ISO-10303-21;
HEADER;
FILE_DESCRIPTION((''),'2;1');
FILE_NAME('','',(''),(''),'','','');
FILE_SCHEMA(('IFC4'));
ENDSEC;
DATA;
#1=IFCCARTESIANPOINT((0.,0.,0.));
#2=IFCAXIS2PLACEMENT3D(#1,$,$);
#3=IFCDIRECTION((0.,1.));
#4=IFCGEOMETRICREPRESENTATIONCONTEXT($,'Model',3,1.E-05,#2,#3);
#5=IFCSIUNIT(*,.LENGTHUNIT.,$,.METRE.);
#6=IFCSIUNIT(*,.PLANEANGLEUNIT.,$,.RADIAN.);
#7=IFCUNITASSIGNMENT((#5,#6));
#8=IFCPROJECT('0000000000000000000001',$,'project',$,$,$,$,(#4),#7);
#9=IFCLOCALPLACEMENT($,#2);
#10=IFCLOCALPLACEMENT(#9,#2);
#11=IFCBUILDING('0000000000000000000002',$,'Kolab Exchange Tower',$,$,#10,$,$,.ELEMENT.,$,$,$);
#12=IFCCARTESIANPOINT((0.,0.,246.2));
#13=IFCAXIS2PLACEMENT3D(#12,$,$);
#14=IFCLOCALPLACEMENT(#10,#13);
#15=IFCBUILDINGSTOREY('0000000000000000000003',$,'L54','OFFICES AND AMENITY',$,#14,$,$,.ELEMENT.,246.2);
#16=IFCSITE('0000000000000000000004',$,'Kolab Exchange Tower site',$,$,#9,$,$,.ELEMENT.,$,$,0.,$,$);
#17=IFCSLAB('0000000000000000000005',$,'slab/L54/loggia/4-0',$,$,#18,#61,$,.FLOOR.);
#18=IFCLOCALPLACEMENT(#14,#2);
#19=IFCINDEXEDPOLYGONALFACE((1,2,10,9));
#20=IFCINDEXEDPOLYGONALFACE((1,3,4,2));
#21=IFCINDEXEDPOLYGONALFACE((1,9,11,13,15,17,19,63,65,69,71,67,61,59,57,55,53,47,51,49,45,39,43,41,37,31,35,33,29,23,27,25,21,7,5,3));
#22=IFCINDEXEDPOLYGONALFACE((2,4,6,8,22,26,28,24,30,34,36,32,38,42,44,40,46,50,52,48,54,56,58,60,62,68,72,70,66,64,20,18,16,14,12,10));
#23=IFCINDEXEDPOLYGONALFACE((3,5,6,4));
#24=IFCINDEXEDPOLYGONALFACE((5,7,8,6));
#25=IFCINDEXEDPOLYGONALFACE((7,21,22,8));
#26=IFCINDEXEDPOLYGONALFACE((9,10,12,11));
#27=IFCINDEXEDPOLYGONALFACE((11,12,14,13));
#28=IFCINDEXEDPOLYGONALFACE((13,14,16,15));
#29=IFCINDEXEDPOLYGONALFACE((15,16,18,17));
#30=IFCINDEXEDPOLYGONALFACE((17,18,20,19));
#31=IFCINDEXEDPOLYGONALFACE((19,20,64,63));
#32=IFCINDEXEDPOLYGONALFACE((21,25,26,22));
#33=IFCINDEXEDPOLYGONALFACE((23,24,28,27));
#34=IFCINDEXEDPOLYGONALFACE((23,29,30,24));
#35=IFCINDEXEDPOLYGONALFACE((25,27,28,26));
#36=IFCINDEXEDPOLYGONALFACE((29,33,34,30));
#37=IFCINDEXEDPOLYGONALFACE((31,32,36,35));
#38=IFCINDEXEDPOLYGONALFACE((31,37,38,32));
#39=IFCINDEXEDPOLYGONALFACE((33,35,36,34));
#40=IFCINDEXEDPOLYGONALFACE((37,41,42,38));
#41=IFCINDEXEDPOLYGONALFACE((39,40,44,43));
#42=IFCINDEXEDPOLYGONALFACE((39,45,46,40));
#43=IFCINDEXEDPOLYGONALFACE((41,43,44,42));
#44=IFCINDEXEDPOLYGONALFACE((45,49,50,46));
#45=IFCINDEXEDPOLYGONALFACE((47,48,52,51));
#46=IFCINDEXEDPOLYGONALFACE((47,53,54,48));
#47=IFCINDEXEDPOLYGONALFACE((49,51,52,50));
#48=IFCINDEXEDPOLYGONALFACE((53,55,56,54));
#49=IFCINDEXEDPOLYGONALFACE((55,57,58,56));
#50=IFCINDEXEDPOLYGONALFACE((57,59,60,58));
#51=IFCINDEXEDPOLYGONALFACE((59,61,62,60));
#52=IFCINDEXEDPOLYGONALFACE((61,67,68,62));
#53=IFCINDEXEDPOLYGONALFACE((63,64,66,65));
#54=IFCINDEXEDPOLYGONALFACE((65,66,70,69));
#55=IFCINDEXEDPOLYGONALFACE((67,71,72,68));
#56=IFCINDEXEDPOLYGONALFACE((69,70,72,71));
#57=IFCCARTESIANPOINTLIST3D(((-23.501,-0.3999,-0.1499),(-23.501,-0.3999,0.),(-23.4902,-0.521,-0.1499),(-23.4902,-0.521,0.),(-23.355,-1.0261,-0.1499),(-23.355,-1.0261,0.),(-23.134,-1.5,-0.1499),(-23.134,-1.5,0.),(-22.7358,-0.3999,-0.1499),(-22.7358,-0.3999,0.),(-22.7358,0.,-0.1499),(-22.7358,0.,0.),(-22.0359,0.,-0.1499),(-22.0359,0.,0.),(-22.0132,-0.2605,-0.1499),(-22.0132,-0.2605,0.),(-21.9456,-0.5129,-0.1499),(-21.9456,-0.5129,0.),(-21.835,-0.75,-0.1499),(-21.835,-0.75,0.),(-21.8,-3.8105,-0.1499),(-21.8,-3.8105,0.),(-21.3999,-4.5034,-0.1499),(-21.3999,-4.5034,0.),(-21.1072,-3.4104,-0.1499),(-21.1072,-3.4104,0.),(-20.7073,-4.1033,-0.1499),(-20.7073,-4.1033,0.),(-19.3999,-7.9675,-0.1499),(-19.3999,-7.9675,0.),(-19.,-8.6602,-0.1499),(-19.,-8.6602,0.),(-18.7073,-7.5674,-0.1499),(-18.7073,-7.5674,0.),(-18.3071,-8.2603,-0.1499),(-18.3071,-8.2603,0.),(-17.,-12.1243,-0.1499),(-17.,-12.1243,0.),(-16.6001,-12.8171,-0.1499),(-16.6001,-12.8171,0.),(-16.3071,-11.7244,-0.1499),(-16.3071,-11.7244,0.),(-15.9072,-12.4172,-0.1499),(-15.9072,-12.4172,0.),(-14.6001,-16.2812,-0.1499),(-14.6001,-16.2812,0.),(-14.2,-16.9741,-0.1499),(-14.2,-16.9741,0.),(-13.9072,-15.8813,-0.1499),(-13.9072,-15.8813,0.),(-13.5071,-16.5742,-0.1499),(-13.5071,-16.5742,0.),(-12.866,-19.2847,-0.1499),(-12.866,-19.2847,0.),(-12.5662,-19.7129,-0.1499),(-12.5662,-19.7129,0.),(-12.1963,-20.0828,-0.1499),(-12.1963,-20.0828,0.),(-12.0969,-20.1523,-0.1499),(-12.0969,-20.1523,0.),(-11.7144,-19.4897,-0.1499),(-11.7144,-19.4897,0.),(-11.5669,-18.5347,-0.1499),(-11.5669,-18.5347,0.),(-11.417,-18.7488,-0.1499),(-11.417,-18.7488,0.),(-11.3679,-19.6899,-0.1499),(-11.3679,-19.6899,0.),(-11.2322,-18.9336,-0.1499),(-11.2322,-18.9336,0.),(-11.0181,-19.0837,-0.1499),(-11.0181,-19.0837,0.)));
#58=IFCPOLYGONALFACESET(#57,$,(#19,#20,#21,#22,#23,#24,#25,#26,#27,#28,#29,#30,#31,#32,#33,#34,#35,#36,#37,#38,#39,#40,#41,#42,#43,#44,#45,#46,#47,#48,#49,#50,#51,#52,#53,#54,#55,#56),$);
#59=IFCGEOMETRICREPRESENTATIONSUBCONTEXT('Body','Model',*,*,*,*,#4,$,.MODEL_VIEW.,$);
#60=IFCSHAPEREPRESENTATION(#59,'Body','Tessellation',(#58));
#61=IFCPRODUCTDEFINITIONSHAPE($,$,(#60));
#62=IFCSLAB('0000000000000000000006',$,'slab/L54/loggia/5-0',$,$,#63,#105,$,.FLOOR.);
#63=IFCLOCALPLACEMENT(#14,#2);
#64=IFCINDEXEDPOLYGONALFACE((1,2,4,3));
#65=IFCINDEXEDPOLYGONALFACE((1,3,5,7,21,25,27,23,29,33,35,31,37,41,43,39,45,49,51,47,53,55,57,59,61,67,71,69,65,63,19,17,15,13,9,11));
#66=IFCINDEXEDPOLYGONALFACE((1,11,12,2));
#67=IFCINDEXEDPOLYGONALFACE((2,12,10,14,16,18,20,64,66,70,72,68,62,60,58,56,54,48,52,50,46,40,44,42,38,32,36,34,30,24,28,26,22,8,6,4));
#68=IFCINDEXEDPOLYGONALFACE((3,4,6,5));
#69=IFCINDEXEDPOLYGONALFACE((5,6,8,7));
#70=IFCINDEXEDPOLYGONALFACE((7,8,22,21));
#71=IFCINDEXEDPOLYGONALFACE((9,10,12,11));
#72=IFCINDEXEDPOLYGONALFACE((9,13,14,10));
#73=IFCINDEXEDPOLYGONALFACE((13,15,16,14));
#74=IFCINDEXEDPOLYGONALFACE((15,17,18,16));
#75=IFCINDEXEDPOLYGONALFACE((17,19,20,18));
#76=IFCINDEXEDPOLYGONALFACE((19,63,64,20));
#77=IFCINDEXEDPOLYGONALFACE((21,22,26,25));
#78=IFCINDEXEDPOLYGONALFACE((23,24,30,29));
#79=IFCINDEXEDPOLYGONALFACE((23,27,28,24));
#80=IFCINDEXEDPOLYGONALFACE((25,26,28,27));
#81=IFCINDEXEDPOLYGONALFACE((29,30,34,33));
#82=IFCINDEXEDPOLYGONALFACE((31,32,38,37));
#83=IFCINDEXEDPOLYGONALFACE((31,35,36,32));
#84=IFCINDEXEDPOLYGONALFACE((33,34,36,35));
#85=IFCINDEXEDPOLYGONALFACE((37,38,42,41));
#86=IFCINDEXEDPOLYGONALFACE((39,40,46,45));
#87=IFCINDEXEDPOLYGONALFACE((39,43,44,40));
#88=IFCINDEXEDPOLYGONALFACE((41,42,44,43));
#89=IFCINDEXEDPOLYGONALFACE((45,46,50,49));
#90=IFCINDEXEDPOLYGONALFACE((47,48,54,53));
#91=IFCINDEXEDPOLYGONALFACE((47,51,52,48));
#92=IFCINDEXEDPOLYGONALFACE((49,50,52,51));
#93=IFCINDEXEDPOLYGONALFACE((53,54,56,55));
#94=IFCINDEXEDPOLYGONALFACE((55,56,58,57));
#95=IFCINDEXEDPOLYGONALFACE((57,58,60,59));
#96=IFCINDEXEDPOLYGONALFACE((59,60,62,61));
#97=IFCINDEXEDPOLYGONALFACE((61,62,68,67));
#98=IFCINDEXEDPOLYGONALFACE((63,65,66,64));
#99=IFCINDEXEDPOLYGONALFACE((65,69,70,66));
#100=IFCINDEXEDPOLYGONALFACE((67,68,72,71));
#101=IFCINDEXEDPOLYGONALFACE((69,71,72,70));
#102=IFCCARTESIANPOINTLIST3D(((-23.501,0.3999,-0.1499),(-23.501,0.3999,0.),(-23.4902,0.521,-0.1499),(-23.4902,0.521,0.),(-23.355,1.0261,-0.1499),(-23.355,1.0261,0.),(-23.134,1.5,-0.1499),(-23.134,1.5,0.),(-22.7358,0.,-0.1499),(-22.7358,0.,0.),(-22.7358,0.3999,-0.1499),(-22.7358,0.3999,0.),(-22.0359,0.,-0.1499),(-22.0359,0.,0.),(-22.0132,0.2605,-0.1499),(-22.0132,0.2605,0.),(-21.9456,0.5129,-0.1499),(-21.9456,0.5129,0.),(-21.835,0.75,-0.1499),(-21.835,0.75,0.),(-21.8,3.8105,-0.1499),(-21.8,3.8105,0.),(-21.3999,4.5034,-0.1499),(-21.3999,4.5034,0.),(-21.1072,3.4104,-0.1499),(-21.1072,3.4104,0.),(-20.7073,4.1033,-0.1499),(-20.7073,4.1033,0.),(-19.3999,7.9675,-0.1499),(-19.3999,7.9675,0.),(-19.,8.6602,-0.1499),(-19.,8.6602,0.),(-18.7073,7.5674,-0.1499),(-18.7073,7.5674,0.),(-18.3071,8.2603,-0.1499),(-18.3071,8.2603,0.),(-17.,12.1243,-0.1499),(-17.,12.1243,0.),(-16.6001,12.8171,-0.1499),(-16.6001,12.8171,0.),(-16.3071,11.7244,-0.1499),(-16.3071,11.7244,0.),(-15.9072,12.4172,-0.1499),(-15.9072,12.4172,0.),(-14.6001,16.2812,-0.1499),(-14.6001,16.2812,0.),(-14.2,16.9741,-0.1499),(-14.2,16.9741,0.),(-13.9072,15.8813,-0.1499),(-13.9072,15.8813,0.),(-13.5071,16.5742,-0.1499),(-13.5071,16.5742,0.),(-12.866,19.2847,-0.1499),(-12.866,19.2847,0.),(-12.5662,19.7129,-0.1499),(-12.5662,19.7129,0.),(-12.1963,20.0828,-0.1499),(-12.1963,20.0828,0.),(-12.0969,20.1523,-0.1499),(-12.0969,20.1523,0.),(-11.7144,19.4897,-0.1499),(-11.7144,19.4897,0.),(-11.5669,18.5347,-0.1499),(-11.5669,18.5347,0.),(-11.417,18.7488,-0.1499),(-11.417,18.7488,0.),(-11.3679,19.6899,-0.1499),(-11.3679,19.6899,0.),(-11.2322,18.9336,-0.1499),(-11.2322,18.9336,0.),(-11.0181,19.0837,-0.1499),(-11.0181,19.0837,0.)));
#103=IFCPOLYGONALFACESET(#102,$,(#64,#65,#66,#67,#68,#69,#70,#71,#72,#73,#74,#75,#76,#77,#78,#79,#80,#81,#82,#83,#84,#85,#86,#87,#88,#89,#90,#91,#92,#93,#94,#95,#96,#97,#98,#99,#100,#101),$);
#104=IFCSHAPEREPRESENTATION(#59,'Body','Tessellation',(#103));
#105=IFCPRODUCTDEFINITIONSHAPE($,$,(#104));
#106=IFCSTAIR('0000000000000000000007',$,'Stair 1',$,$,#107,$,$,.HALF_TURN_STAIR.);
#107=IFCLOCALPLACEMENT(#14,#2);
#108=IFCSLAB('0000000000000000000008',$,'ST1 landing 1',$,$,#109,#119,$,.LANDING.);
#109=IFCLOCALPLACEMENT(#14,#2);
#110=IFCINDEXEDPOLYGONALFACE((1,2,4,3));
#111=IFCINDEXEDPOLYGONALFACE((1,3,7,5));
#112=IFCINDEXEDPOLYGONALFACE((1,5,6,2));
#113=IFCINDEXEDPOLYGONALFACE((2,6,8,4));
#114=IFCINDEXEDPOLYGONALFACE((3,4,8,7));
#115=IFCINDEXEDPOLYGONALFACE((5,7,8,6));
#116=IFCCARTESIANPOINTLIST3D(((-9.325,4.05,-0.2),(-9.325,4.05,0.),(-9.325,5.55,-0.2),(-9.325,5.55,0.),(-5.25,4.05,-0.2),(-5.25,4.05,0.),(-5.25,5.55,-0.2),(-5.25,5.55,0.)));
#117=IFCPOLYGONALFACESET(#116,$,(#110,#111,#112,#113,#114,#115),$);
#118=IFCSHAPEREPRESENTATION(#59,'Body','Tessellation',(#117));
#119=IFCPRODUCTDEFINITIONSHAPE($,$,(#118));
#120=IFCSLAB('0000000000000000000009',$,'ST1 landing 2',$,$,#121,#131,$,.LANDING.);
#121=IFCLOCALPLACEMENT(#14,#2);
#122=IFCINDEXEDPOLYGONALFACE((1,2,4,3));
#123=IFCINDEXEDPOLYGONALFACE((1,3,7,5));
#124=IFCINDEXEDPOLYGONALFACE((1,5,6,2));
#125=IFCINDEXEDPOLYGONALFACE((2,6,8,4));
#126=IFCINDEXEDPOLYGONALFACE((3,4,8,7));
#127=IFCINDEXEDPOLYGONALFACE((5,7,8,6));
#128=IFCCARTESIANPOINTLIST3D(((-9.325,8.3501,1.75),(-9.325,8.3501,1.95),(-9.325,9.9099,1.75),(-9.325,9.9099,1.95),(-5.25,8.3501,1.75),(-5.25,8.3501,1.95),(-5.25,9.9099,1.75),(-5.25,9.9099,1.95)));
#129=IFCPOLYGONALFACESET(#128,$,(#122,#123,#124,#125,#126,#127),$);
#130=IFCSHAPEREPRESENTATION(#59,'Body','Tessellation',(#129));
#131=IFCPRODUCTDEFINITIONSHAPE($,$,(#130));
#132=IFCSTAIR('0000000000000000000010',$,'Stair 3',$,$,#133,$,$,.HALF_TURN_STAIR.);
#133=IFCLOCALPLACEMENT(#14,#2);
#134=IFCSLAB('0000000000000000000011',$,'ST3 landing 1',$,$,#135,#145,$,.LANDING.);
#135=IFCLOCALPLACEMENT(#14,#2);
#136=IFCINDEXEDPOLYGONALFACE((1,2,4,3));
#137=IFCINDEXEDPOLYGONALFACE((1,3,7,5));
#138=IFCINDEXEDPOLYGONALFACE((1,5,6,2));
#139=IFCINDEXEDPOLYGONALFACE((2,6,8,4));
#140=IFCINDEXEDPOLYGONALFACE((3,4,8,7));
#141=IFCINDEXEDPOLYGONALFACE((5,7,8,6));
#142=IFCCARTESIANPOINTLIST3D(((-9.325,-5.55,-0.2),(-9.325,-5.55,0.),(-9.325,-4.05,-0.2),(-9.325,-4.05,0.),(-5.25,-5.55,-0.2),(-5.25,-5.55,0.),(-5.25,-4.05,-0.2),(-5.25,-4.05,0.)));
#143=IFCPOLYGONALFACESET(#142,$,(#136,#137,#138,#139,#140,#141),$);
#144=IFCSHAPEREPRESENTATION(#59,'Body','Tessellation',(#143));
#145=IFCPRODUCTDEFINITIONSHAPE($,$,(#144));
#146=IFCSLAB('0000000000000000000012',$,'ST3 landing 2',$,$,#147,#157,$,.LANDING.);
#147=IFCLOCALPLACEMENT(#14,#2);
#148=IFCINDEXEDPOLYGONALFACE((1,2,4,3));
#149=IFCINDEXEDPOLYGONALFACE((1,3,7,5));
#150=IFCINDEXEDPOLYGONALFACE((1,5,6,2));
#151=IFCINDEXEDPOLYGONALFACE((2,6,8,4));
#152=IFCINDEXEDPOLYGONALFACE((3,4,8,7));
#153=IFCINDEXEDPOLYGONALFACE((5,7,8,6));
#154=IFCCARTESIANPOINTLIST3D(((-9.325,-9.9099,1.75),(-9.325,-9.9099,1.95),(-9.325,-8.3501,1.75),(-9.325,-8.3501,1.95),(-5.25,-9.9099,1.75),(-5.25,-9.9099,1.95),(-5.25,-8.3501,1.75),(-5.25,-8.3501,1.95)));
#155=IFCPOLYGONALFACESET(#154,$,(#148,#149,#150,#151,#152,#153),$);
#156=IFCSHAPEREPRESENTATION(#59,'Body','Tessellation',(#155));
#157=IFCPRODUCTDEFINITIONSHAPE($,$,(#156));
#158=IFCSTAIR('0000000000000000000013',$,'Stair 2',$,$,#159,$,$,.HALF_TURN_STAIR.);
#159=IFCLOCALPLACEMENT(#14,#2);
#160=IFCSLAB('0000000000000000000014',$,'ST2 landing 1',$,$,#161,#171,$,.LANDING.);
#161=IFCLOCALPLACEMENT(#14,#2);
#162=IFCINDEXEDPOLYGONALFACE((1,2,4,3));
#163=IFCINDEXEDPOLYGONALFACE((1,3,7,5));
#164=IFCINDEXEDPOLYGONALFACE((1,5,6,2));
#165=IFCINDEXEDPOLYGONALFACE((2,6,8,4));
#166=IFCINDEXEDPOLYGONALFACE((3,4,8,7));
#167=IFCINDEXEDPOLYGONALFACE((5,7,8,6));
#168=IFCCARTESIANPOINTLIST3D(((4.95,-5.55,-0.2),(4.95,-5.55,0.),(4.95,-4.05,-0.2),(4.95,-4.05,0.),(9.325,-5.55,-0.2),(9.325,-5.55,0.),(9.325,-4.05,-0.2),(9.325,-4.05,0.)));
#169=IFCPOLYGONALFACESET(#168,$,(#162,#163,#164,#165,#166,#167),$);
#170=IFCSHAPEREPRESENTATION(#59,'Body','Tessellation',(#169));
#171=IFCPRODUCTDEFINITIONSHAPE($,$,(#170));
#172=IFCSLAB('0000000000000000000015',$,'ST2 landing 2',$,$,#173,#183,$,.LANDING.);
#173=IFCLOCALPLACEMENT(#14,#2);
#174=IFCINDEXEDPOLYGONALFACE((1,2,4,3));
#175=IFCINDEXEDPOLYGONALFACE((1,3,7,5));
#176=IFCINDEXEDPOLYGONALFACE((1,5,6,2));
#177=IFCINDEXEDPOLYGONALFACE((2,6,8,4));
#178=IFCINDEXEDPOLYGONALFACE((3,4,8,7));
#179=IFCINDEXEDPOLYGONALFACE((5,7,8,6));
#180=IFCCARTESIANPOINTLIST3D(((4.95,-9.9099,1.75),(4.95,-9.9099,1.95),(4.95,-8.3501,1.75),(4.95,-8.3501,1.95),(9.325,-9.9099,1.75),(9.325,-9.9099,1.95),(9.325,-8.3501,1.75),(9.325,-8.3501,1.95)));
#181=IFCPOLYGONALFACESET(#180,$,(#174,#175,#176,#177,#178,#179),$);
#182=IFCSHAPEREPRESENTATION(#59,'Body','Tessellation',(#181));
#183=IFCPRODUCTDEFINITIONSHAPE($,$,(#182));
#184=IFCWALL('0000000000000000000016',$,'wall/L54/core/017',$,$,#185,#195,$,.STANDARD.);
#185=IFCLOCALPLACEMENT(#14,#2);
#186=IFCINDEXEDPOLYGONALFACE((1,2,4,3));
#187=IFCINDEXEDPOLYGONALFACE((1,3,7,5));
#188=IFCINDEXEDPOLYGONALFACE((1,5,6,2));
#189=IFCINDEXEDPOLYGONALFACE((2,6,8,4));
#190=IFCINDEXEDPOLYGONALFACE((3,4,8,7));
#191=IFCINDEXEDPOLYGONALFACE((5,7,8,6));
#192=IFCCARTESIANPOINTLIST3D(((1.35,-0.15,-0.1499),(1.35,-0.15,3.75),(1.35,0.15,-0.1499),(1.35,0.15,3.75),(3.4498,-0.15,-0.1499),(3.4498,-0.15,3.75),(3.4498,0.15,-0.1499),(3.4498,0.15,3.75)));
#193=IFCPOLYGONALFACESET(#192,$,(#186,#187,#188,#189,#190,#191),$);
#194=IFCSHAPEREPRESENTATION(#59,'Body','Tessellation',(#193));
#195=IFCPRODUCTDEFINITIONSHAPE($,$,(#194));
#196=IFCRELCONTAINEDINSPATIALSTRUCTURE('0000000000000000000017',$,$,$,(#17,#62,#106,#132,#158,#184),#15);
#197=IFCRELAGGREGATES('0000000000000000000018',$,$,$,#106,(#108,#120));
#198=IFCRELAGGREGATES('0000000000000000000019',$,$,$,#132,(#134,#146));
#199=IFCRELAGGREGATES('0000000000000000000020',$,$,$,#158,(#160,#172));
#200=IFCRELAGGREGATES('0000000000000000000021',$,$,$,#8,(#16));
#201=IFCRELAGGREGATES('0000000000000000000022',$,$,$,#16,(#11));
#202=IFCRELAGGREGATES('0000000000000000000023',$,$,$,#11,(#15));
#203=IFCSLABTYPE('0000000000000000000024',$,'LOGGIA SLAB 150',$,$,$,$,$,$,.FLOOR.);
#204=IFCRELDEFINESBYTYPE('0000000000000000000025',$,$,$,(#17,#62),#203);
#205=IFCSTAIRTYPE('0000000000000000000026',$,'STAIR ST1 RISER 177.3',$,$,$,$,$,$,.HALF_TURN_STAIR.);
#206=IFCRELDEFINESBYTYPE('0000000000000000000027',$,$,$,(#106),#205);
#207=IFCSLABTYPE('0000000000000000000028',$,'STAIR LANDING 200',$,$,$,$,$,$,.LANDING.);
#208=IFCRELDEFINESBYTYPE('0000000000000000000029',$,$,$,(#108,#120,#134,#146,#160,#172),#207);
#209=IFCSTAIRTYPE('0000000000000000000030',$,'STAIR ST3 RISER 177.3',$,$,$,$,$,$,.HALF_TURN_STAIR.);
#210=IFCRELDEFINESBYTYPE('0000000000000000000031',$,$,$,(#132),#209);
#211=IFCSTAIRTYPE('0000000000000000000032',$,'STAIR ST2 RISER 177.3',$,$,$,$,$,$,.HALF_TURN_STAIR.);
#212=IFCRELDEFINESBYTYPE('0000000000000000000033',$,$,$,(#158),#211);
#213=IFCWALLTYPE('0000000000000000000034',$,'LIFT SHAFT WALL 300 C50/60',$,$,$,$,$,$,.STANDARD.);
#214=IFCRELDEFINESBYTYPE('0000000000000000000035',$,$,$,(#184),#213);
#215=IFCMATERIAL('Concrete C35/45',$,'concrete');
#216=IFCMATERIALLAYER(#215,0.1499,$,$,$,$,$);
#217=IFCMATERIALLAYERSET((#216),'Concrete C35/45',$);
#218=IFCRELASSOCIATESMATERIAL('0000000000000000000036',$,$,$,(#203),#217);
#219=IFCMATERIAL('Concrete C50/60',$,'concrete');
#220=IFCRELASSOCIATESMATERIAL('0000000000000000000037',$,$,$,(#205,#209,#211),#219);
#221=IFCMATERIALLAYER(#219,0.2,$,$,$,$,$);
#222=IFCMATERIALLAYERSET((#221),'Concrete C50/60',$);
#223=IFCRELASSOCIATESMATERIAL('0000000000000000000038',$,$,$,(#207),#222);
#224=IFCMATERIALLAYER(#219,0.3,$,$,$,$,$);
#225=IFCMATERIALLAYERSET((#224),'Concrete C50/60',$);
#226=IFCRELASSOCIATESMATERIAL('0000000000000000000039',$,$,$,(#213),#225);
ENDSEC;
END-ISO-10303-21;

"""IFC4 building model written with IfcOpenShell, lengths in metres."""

from ifc_helpers import new_model, si_unit, direction, frame, frame_2d, origin, place, context, subcontext, project, spatial, polyline, rectangle, outline, extrude, material, layer, layer_set, type_object, element, aggregate, save


model = new_model("IFC4")

# Units and contexts
model_context = context("Model", 3, precision=1e-05, world=origin(), true_north=direction((0.0, 1.0)))
body_context = subcontext(model_context, "Body", "Model", "MODEL_VIEW")
ifc_project = project(units=[si_unit("LENGTHUNIT", "METRE"), si_unit("PLANEANGLEUNIT", "RADIAN")], contexts=[model_context])

# Site, building, storey
site_placement = place(None, origin())
site = spatial("IfcSite", under=ifc_project, at=site_placement, Name="Kolab Exchange Tower site", CompositionType="ELEMENT", RefElevation=0.0)
building_placement = place(site_placement, origin())
building = spatial("IfcBuilding", under=site, at=building_placement, Name="Kolab Exchange Tower", CompositionType="ELEMENT")
storey_placement = place(building_placement, frame((0.0, 0.0, 246.2)))
storey = spatial("IfcBuildingStorey", under=building, at=storey_placement, Name="L54", Description="OFFICES AND AMENITY", CompositionType="ELEMENT", Elevation=246.2)

# Slabs
ifc_material_1 = material(Name="Concrete C35/45", Category="concrete")
ifc_layer_1 = layer(ifc_material_1, 0.1499)
ifc_layer_set_1 = layer_set([ifc_layer_1], Name="Concrete C35/45")
slab_type_1 = type_object("IfcSlabType", Name="LOGGIA SLAB 150", PredefinedType="FLOOR", material=ifc_layer_set_1)
slab_1_placement = place(storey_placement, frame((0.0, 0.0, -0.1499)))
element("IfcSlab", 1, at=slab_1_placement, inside=storey, type_object=slab_type_1, Name="slab/L54/loggia/4-0", PredefinedType="FLOOR", context=body_context, shape_type="SweptSolid", body=[
    extrude(outline(polyline([(-22.0359, 0.0), (-22.7358, 0.0), (-22.7358, -0.3999), (-23.501, -0.3999), (-23.4902, -0.521), (-23.355, -1.0261), (-23.134, -1.5), (-21.8, -3.8105), (-21.1072, -3.4104), (-20.7073, -4.1033), (-21.3999, -4.5034), (-19.3999, -7.9675), (-18.7073, -7.5674), (-18.3071, -8.2603), (-19.0, -8.6602), (-17.0, -12.1243), (-16.3071, -11.7244), (-15.9072, -12.4172), (-16.6001, -12.8171), (-14.6001, -16.2812), (-13.9072, -15.8813), (-13.5071, -16.5742), (-14.2, -16.9741), (-12.866, -19.2847), (-12.5662, -19.7129), (-12.1963, -20.0828), (-12.0969, -20.1523), (-11.7144, -19.4897), (-11.3679, -19.6899), (-11.0181, -19.0837), (-11.2322, -18.9336), (-11.417, -18.7488), (-11.5669, -18.5347), (-21.835, -0.75), (-21.9456, -0.5129), (-22.0132, -0.2605), (-22.0359, 0.0)])), origin(), (0.0, 0.0, 1.0), 0.1499),
])
slab_2_placement = place(storey_placement, frame((0.0, 0.0, -0.1499)))
element("IfcSlab", 2, at=slab_2_placement, inside=storey, type_object=slab_type_1, Name="slab/L54/loggia/5-0", PredefinedType="FLOOR", context=body_context, shape_type="SweptSolid", body=[
    extrude(outline(polyline([(-11.0181, 19.0837), (-11.3679, 19.6899), (-11.7144, 19.4897), (-12.0969, 20.1523), (-12.1963, 20.0828), (-12.5662, 19.7129), (-12.866, 19.2847), (-14.2, 16.9741), (-13.5071, 16.5742), (-13.9072, 15.8813), (-14.6001, 16.2812), (-16.6001, 12.8171), (-15.9072, 12.4172), (-16.3071, 11.7244), (-17.0, 12.1243), (-19.0, 8.6602), (-18.3071, 8.2603), (-18.7073, 7.5674), (-19.3999, 7.9675), (-21.3999, 4.5034), (-20.7073, 4.1033), (-21.1072, 3.4104), (-21.8, 3.8105), (-23.134, 1.5), (-23.355, 1.0261), (-23.4902, 0.521), (-23.501, 0.3999), (-22.7358, 0.3999), (-22.7358, 0.0), (-22.0359, 0.0), (-22.0132, 0.2605), (-21.9456, 0.5129), (-21.835, 0.75), (-11.5669, 18.5347), (-11.417, 18.7488), (-11.2322, 18.9336), (-11.0181, 19.0837)])), origin(), (0.0, 0.0, 1.0), 0.1499),
])

# Stairs, slabs
ifc_material_2 = material(Name="Concrete C50/60", Category="concrete")
stair_type_1 = type_object("IfcStairType", Name="STAIR ST1 RISER 177.3", PredefinedType="HALF_TURN_STAIR", material=ifc_material_2)
stair_1_placement = place(storey_placement, origin())
stair_1 = element("IfcStair", 3, at=stair_1_placement, inside=storey, type_object=stair_type_1, Name="Stair 1", PredefinedType="HALF_TURN_STAIR")
ifc_layer_2 = layer(ifc_material_2, 0.2)
ifc_layer_set_2 = layer_set([ifc_layer_2], Name="Concrete C50/60")
slab_type_2 = type_object("IfcSlabType", Name="STAIR LANDING 200", PredefinedType="LANDING", material=ifc_layer_set_2)
slab_3_placement = place(storey_placement, frame((0.0, 0.0, -0.2)))
slab_3 = element("IfcSlab", 4, at=slab_3_placement, type_object=slab_type_2, Name="ST1 landing 1", PredefinedType="LANDING", context=body_context, shape_type="SweptSolid", body=[
    extrude(outline(polyline([(-9.325, 4.05), (-5.25, 4.05), (-5.25, 5.55), (-9.325, 5.55), (-9.325, 4.05)])), origin(), (0.0, 0.0, 1.0), 0.2),
])
slab_4_placement = place(storey_placement, frame((0.0, 0.0, 1.75)))
slab_4 = element("IfcSlab", 5, at=slab_4_placement, type_object=slab_type_2, Name="ST1 landing 2", PredefinedType="LANDING", context=body_context, shape_type="SweptSolid", body=[
    extrude(outline(polyline([(-9.325, 8.3501), (-5.25, 8.3501), (-5.25, 9.9099), (-9.325, 9.9099), (-9.325, 8.3501)])), origin(), (0.0, 0.0, 1.0), 0.2),
])
aggregate(stair_1, [slab_3, slab_4])
stair_type_2 = type_object("IfcStairType", Name="STAIR ST3 RISER 177.3", PredefinedType="HALF_TURN_STAIR", material=ifc_material_2)
stair_2_placement = place(storey_placement, origin())
stair_2 = element("IfcStair", 6, at=stair_2_placement, inside=storey, type_object=stair_type_2, Name="Stair 3", PredefinedType="HALF_TURN_STAIR")
slab_5_placement = place(storey_placement, frame((0.0, 0.0, -0.2)))
slab_5 = element("IfcSlab", 7, at=slab_5_placement, type_object=slab_type_2, Name="ST3 landing 1", PredefinedType="LANDING", context=body_context, shape_type="SweptSolid", body=[
    extrude(outline(polyline([(-9.325, -5.55), (-5.25, -5.55), (-5.25, -4.05), (-9.325, -4.05), (-9.325, -5.55)])), origin(), (0.0, 0.0, 1.0), 0.2),
])
slab_6_placement = place(storey_placement, frame((0.0, 0.0, 1.75)))
slab_6 = element("IfcSlab", 8, at=slab_6_placement, type_object=slab_type_2, Name="ST3 landing 2", PredefinedType="LANDING", context=body_context, shape_type="SweptSolid", body=[
    extrude(outline(polyline([(-9.325, -9.9099), (-5.25, -9.9099), (-5.25, -8.3501), (-9.325, -8.3501), (-9.325, -9.9099)])), origin(), (0.0, 0.0, 1.0), 0.2),
])
aggregate(stair_2, [slab_5, slab_6])
stair_type_3 = type_object("IfcStairType", Name="STAIR ST2 RISER 177.3", PredefinedType="HALF_TURN_STAIR", material=ifc_material_2)
stair_3_placement = place(storey_placement, origin())
stair_3 = element("IfcStair", 9, at=stair_3_placement, inside=storey, type_object=stair_type_3, Name="Stair 2", PredefinedType="HALF_TURN_STAIR")
slab_7_placement = place(storey_placement, frame((0.0, 0.0, -0.2)))
slab_7 = element("IfcSlab", 10, at=slab_7_placement, type_object=slab_type_2, Name="ST2 landing 1", PredefinedType="LANDING", context=body_context, shape_type="SweptSolid", body=[
    extrude(outline(polyline([(4.95, -5.55), (9.325, -5.55), (9.325, -4.05), (4.95, -4.05), (4.95, -5.55)])), origin(), (0.0, 0.0, 1.0), 0.2),
])
slab_8_placement = place(storey_placement, frame((0.0, 0.0, 1.75)))
slab_8 = element("IfcSlab", 11, at=slab_8_placement, type_object=slab_type_2, Name="ST2 landing 2", PredefinedType="LANDING", context=body_context, shape_type="SweptSolid", body=[
    extrude(outline(polyline([(4.95, -9.9099), (9.325, -9.9099), (9.325, -8.3501), (4.95, -8.3501), (4.95, -9.9099)])), origin(), (0.0, 0.0, 1.0), 0.2),
])
aggregate(stair_3, [slab_7, slab_8])

# Wall
ifc_layer_3 = layer(ifc_material_2, 0.3)
ifc_layer_set_3 = layer_set([ifc_layer_3], Name="Concrete C50/60")
wall_type = type_object("IfcWallType", Name="LIFT SHAFT WALL 300 C50/60", PredefinedType="STANDARD", material=ifc_layer_set_3)
wall_1_placement = place(storey_placement, frame((1.3501, 0.0, -0.1499), z_axis=(0.0, 0.0, 1.0), x_axis=(1.0, 0.0, 0.0)))
element("IfcWall", 12, at=wall_1_placement, inside=storey, type_object=wall_type, Name="wall/L54/core/017", PredefinedType="STANDARD", context=body_context, shape_type="SweptSolid", body=[
    extrude(rectangle(XDim=2.0999, YDim=0.3, at=frame_2d((1.0498, 0.0))), origin(), (0.0, 0.0, 1.0), 3.8999),
])

save(model, "model.ifc")
